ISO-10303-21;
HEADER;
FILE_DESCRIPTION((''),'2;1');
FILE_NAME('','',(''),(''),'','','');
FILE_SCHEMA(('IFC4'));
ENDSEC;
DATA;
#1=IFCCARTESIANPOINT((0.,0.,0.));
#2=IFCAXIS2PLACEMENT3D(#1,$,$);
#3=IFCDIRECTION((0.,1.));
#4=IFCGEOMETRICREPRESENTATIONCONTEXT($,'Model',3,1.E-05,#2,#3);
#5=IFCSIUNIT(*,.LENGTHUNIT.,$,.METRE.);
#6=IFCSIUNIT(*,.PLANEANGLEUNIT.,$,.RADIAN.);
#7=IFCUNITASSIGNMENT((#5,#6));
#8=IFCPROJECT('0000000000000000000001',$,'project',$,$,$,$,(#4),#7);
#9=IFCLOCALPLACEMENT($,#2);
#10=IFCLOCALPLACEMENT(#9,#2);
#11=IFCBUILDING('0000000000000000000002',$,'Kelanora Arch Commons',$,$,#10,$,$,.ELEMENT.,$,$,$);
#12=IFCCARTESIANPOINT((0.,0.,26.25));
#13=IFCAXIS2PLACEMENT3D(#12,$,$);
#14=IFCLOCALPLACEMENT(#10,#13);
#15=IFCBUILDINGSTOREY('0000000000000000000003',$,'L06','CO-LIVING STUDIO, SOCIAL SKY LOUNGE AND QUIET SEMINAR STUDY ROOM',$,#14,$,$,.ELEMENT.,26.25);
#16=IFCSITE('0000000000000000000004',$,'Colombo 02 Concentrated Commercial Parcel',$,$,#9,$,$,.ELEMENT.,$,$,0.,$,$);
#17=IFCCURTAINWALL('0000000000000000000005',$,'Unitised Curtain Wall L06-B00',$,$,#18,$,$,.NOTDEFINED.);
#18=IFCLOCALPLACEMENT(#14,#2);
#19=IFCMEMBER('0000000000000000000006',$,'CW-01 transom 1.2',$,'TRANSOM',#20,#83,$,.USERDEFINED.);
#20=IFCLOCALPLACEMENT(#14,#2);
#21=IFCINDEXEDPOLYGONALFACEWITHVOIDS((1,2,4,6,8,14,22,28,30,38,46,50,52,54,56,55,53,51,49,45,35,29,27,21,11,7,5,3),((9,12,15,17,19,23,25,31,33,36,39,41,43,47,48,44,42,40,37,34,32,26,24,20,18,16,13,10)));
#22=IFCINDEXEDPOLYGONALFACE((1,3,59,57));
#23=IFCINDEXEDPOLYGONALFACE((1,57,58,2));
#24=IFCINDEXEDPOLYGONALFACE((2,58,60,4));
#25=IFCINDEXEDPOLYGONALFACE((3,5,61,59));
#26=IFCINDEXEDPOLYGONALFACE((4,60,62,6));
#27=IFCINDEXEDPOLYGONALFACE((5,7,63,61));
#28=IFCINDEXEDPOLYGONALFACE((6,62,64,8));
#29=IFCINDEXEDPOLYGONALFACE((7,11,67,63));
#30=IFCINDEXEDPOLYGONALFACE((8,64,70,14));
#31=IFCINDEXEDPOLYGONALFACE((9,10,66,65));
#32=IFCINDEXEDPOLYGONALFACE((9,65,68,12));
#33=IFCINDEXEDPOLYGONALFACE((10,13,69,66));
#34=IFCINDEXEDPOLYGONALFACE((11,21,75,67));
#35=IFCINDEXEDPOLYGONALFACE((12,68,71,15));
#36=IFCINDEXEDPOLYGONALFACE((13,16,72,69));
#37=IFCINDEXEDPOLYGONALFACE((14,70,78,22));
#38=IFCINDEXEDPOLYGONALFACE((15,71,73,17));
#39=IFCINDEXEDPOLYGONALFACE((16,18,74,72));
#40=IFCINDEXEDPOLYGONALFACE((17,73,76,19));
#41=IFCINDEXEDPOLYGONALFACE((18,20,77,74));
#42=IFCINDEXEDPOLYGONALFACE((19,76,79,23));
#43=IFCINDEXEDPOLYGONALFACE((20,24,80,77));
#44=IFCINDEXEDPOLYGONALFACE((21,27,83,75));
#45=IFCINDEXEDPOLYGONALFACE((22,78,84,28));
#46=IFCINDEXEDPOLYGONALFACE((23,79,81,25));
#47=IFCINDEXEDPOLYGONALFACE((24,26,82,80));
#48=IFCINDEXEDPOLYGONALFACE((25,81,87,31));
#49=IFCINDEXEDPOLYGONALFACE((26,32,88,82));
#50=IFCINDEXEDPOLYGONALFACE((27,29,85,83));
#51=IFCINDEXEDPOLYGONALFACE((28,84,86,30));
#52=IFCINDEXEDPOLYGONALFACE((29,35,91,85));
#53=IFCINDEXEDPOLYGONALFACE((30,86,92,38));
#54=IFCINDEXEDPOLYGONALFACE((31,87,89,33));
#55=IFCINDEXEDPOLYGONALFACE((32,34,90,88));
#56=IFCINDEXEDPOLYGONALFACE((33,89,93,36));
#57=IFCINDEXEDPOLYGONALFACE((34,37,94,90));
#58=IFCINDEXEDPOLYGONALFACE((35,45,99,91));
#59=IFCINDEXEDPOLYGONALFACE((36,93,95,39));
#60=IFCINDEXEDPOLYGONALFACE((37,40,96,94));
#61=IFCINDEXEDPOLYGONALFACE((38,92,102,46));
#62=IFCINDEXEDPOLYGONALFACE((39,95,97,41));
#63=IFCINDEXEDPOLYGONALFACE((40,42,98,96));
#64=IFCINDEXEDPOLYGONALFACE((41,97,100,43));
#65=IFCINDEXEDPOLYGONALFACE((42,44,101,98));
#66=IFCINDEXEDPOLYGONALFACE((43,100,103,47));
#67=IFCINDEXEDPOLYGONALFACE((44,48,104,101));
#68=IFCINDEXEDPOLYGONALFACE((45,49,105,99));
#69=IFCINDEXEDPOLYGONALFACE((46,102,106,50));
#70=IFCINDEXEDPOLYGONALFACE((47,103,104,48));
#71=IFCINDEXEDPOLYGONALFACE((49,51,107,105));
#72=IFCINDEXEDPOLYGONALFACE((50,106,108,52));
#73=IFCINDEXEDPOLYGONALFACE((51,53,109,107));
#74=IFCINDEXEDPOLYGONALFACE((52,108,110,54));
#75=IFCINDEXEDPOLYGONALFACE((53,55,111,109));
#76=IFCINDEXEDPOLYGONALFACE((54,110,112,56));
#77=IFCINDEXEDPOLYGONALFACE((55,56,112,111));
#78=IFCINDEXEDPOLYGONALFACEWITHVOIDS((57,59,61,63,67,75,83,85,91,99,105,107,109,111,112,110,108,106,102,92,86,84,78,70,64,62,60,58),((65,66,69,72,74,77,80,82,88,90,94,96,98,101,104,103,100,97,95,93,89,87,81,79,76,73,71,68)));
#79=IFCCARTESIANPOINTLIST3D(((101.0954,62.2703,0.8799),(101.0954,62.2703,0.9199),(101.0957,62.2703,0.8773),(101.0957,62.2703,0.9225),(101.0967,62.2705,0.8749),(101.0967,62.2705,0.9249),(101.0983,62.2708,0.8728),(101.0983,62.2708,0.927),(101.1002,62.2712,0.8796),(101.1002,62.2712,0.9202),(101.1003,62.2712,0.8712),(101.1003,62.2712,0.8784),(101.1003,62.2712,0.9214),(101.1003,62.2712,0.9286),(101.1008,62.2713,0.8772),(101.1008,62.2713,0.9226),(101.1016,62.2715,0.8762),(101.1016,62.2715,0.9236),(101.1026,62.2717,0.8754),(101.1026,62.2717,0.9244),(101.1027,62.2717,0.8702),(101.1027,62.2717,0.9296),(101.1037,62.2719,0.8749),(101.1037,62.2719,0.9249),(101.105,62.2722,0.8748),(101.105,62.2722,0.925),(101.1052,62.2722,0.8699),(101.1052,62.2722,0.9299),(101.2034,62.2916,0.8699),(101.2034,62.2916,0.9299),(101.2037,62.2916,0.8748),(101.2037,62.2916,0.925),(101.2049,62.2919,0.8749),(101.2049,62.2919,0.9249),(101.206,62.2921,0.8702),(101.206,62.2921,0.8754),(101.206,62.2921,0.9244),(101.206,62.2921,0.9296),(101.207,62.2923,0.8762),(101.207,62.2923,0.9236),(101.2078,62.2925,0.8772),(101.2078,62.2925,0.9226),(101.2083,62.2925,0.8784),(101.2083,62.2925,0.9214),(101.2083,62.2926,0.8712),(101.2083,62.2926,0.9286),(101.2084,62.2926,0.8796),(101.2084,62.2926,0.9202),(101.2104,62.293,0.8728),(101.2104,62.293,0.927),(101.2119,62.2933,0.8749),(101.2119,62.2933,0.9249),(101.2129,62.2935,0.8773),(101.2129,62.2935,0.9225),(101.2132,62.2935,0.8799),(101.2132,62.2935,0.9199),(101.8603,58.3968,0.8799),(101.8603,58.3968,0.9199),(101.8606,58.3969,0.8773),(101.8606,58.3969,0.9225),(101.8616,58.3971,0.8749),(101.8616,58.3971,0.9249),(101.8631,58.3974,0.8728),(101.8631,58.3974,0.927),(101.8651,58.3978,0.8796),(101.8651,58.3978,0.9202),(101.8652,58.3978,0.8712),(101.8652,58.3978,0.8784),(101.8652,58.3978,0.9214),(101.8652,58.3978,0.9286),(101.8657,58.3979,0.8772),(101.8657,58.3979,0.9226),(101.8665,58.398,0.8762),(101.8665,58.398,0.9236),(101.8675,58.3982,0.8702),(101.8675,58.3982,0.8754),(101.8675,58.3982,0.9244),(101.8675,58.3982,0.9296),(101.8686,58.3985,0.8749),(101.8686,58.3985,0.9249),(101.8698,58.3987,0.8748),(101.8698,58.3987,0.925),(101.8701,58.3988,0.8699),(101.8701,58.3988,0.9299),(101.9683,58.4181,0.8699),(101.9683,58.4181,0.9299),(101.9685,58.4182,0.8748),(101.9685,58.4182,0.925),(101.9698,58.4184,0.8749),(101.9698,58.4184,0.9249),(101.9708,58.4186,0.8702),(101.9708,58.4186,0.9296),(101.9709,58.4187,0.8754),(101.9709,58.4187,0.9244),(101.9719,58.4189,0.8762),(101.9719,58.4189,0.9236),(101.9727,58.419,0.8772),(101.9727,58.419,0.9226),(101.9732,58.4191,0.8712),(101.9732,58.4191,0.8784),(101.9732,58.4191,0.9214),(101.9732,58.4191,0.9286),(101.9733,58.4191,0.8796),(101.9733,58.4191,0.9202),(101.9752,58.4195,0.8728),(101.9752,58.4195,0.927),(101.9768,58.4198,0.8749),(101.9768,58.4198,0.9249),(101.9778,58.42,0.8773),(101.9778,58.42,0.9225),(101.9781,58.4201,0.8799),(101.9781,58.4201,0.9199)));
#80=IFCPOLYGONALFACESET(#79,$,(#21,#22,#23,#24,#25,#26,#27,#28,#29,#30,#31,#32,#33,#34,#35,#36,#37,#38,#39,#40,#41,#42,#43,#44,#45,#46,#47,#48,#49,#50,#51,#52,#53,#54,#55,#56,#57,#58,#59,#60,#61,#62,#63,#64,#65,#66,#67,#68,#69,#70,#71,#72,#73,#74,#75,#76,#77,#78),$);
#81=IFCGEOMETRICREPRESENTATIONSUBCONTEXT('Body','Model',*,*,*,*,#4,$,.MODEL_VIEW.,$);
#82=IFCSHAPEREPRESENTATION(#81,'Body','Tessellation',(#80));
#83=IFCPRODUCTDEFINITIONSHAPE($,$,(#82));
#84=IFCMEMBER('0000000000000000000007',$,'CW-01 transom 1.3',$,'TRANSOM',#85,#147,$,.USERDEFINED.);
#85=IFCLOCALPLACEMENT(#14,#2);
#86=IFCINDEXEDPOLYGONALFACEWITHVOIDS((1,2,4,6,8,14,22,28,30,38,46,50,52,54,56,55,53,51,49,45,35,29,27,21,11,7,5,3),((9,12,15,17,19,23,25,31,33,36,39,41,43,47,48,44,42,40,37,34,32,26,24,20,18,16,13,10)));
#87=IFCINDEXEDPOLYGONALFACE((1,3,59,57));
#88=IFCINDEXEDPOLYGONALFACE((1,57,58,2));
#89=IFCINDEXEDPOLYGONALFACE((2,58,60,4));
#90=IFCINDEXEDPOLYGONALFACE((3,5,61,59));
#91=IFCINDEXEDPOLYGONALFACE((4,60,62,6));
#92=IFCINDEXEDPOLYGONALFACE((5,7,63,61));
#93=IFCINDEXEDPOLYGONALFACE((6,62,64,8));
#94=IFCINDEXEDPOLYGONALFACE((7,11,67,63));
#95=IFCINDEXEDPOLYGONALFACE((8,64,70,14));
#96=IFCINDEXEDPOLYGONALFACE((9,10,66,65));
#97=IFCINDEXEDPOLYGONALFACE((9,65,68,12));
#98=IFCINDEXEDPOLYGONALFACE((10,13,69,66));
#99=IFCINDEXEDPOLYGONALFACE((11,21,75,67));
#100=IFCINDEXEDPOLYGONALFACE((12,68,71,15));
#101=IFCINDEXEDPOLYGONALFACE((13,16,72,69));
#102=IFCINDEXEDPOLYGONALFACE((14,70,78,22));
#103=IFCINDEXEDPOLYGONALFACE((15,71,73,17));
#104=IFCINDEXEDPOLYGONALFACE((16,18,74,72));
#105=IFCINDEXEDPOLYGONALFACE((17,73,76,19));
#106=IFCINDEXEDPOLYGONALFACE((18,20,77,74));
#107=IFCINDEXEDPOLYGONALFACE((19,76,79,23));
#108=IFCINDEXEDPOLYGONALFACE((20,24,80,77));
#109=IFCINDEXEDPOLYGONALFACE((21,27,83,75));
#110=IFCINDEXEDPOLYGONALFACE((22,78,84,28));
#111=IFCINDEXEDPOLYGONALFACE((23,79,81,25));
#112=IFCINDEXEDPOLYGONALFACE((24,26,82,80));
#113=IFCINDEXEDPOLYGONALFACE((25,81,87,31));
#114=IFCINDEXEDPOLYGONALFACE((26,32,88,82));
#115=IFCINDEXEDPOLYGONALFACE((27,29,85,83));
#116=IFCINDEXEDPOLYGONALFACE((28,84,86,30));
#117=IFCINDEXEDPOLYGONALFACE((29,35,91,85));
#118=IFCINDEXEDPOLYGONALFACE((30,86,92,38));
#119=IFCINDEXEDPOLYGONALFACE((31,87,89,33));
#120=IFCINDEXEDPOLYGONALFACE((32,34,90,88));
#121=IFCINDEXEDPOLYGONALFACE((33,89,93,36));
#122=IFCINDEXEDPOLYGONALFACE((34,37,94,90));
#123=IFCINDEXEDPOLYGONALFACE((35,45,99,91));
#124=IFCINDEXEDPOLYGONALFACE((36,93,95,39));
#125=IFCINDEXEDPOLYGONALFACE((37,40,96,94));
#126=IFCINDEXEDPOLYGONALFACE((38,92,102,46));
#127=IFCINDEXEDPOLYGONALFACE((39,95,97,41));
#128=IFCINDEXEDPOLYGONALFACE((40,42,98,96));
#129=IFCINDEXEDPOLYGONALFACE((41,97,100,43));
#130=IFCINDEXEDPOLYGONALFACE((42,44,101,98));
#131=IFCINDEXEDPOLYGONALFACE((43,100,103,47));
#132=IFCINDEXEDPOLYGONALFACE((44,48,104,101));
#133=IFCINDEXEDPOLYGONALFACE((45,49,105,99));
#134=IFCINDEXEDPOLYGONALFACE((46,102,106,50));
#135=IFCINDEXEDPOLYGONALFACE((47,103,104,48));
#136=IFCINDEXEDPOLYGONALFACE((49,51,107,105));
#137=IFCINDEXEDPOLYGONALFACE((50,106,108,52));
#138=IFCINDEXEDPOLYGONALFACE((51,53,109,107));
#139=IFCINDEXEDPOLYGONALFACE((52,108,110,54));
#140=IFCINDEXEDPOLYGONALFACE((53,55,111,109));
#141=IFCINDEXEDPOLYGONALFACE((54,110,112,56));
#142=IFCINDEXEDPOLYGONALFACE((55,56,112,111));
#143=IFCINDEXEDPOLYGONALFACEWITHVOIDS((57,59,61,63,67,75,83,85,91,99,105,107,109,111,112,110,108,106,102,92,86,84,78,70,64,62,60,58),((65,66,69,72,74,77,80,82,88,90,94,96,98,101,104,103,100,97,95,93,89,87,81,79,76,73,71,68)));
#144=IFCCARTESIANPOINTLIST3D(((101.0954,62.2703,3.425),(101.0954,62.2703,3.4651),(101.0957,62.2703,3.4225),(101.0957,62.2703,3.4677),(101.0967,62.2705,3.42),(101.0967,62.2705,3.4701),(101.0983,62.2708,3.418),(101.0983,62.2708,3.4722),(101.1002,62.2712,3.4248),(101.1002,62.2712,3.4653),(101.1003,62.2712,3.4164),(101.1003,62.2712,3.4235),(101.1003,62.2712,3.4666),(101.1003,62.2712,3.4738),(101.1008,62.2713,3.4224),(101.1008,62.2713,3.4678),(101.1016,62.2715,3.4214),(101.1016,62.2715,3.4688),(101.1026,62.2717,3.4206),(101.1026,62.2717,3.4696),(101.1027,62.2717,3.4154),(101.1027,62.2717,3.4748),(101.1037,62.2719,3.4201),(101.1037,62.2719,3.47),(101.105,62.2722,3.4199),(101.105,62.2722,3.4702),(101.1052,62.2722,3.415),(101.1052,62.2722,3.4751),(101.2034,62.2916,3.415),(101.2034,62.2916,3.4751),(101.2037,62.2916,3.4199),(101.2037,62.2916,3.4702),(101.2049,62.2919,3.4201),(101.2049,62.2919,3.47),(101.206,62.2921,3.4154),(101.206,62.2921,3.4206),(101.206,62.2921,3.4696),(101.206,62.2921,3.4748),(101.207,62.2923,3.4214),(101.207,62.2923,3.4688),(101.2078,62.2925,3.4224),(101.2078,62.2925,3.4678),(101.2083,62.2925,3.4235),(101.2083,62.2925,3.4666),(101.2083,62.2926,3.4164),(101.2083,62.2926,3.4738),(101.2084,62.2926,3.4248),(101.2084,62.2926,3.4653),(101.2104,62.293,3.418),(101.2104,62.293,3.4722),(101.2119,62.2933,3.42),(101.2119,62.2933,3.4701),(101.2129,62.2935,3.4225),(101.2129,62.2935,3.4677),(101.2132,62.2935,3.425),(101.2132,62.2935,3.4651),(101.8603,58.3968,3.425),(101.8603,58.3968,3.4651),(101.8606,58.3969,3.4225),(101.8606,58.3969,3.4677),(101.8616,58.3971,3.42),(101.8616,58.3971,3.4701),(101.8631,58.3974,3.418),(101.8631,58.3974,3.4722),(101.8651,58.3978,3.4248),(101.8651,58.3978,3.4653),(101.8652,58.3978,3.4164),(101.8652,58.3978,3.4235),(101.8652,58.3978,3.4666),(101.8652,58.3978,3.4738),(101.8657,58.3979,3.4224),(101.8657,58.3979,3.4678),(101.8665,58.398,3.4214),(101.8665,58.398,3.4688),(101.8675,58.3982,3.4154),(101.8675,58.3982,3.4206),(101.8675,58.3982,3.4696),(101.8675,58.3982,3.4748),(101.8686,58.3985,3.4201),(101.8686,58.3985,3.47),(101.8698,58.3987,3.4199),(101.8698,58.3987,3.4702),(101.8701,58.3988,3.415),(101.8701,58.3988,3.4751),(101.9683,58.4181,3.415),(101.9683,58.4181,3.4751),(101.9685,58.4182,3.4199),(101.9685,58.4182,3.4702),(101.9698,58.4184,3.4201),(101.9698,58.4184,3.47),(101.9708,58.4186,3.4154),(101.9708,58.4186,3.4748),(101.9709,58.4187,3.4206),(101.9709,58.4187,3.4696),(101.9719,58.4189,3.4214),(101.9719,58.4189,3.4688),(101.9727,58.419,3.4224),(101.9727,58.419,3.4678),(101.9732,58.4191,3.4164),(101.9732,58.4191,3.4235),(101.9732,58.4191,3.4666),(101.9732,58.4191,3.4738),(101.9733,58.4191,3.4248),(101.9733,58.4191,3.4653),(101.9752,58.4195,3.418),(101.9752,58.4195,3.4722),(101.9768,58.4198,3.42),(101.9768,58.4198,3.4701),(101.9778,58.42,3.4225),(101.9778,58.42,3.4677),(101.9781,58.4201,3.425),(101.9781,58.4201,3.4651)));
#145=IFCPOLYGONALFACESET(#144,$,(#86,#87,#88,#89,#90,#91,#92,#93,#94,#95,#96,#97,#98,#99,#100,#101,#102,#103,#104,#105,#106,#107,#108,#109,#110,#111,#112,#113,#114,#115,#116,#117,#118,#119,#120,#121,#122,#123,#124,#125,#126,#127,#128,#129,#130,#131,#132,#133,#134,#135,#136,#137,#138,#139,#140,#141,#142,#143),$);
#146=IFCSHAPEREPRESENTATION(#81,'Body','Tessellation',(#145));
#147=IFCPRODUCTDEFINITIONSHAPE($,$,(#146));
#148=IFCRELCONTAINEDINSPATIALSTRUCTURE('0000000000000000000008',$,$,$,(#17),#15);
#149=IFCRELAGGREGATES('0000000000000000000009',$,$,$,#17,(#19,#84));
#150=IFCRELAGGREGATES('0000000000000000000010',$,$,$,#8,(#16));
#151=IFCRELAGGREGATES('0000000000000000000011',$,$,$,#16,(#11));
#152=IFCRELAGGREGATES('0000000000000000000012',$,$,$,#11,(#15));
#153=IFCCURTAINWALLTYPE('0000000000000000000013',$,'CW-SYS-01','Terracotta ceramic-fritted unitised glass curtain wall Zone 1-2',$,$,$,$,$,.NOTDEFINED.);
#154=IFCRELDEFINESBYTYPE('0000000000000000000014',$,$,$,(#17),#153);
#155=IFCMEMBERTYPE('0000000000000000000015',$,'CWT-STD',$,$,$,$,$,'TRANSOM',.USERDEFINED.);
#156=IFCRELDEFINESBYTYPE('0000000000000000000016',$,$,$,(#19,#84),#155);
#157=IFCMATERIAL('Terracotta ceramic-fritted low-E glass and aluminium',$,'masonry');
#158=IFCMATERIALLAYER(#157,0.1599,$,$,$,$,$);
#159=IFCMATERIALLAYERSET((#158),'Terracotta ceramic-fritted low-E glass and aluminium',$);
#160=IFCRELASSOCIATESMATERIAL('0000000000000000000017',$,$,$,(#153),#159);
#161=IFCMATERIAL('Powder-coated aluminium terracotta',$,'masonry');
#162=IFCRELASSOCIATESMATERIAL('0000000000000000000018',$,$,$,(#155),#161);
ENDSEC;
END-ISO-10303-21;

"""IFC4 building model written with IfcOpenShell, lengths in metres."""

from ifc_helpers import new_model, si_unit, direction, frame, origin, origin_2d, place, context, subcontext, project, spatial, hollow_rectangle, extrude, material, layer, layer_set, material_profile, profile_set, type_object, element, aggregate, save


model = new_model("IFC4")

# Units and contexts
model_context = context("Model", 3, precision=1e-05, world=origin(), true_north=direction((0.0, 1.0)))
body_context = subcontext(model_context, "Body", "Model", "MODEL_VIEW")
ifc_project = project(units=[si_unit("LENGTHUNIT", "METRE"), si_unit("PLANEANGLEUNIT", "RADIAN")], contexts=[model_context])

# Site, building, storey
site_placement = place(None, origin())
site = spatial("IfcSite", under=ifc_project, at=site_placement, Name="Colombo 02 Concentrated Commercial Parcel", CompositionType="ELEMENT", RefElevation=0.0)
building_placement = place(site_placement, origin())
building = spatial("IfcBuilding", under=site, at=building_placement, Name="Kelanora Arch Commons", CompositionType="ELEMENT")
storey_placement = place(building_placement, frame((0.0, 0.0, 26.25)))
storey = spatial("IfcBuildingStorey", under=building, at=storey_placement, Name="L06", Description="CO-LIVING STUDIO, SOCIAL SKY LOUNGE AND QUIET SEMINAR STUDY ROOM", CompositionType="ELEMENT", Elevation=26.25)

# Curtain wall, members
ifc_material_1 = material(Name="Terracotta ceramic-fritted low-E glass and aluminium", Category="masonry")
ifc_layer_1 = layer(ifc_material_1, 0.1599)
ifc_layer_set_1 = layer_set([ifc_layer_1], Name="Terracotta ceramic-fritted low-E glass and aluminium")
curtain_wall_type = type_object("IfcCurtainWallType", Name="CW-SYS-01", Description="Terracotta ceramic-fritted unitised glass curtain wall Zone 1-2", PredefinedType="NOTDEFINED", material=ifc_layer_set_1)
curtain_wall_placement = place(storey_placement, origin())
curtain_wall = element("IfcCurtainWall", 1, at=curtain_wall_placement, inside=storey, type_object=curtain_wall_type, Name="Unitised Curtain Wall L06-B00", PredefinedType="NOTDEFINED")
ifc_material_2 = material(Name="Powder-coated aluminium terracotta", Category="masonry")
ifc_material_profile_1 = material_profile(ifc_material_2, hollow_rectangle(XDim=0.1201, YDim=0.0601, WallThickness=0.0049, InnerFilletRadius=0.0049, OuterFilletRadius=0.01, at=origin_2d()), Name="CWT120x60")
ifc_profile_set_1 = profile_set([ifc_material_profile_1], Name="Powder-coated aluminium terracotta")
member_type_1 = type_object("IfcMemberType", Name="CWT-STD", ElementType="TRANSOM", PredefinedType="USERDEFINED", material=ifc_profile_set_1)
member_1_placement = place(storey_placement, frame((101.9192, 58.4084, 0.8999), z_axis=(-0.193725, 0.981056, 0.0), x_axis=(-0.981056, -0.193725, 0.0)))
member_1 = element("IfcMember", 2, at=member_1_placement, type_object=member_type_1, Name="CW-01 transom 1.2", ObjectType="TRANSOM", PredefinedType="USERDEFINED", context=body_context, shape_type="SweptSolid", body=[
    extrude(hollow_rectangle(XDim=0.1201, YDim=0.0601, WallThickness=0.0049, InnerFilletRadius=0.0049, OuterFilletRadius=0.01, at=origin_2d()), origin(), (0.0, 0.0, 1.0), 3.9482),
])
member_2_placement = place(storey_placement, frame((101.9192, 58.4084, 3.4451), z_axis=(-0.193725, 0.981056, 0.0), x_axis=(-0.981056, -0.193725, 0.0)))
member_2 = element("IfcMember", 3, at=member_2_placement, type_object=member_type_1, Name="CW-01 transom 1.3", ObjectType="TRANSOM", PredefinedType="USERDEFINED", context=body_context, shape_type="SweptSolid", body=[
    extrude(hollow_rectangle(XDim=0.1201, YDim=0.0601, WallThickness=0.0049, InnerFilletRadius=0.0049, OuterFilletRadius=0.01, at=origin_2d()), origin(), (0.0, 0.0, 1.0), 3.9482),
])
aggregate(curtain_wall, [member_1, member_2])

save(model, "model.ifc")
